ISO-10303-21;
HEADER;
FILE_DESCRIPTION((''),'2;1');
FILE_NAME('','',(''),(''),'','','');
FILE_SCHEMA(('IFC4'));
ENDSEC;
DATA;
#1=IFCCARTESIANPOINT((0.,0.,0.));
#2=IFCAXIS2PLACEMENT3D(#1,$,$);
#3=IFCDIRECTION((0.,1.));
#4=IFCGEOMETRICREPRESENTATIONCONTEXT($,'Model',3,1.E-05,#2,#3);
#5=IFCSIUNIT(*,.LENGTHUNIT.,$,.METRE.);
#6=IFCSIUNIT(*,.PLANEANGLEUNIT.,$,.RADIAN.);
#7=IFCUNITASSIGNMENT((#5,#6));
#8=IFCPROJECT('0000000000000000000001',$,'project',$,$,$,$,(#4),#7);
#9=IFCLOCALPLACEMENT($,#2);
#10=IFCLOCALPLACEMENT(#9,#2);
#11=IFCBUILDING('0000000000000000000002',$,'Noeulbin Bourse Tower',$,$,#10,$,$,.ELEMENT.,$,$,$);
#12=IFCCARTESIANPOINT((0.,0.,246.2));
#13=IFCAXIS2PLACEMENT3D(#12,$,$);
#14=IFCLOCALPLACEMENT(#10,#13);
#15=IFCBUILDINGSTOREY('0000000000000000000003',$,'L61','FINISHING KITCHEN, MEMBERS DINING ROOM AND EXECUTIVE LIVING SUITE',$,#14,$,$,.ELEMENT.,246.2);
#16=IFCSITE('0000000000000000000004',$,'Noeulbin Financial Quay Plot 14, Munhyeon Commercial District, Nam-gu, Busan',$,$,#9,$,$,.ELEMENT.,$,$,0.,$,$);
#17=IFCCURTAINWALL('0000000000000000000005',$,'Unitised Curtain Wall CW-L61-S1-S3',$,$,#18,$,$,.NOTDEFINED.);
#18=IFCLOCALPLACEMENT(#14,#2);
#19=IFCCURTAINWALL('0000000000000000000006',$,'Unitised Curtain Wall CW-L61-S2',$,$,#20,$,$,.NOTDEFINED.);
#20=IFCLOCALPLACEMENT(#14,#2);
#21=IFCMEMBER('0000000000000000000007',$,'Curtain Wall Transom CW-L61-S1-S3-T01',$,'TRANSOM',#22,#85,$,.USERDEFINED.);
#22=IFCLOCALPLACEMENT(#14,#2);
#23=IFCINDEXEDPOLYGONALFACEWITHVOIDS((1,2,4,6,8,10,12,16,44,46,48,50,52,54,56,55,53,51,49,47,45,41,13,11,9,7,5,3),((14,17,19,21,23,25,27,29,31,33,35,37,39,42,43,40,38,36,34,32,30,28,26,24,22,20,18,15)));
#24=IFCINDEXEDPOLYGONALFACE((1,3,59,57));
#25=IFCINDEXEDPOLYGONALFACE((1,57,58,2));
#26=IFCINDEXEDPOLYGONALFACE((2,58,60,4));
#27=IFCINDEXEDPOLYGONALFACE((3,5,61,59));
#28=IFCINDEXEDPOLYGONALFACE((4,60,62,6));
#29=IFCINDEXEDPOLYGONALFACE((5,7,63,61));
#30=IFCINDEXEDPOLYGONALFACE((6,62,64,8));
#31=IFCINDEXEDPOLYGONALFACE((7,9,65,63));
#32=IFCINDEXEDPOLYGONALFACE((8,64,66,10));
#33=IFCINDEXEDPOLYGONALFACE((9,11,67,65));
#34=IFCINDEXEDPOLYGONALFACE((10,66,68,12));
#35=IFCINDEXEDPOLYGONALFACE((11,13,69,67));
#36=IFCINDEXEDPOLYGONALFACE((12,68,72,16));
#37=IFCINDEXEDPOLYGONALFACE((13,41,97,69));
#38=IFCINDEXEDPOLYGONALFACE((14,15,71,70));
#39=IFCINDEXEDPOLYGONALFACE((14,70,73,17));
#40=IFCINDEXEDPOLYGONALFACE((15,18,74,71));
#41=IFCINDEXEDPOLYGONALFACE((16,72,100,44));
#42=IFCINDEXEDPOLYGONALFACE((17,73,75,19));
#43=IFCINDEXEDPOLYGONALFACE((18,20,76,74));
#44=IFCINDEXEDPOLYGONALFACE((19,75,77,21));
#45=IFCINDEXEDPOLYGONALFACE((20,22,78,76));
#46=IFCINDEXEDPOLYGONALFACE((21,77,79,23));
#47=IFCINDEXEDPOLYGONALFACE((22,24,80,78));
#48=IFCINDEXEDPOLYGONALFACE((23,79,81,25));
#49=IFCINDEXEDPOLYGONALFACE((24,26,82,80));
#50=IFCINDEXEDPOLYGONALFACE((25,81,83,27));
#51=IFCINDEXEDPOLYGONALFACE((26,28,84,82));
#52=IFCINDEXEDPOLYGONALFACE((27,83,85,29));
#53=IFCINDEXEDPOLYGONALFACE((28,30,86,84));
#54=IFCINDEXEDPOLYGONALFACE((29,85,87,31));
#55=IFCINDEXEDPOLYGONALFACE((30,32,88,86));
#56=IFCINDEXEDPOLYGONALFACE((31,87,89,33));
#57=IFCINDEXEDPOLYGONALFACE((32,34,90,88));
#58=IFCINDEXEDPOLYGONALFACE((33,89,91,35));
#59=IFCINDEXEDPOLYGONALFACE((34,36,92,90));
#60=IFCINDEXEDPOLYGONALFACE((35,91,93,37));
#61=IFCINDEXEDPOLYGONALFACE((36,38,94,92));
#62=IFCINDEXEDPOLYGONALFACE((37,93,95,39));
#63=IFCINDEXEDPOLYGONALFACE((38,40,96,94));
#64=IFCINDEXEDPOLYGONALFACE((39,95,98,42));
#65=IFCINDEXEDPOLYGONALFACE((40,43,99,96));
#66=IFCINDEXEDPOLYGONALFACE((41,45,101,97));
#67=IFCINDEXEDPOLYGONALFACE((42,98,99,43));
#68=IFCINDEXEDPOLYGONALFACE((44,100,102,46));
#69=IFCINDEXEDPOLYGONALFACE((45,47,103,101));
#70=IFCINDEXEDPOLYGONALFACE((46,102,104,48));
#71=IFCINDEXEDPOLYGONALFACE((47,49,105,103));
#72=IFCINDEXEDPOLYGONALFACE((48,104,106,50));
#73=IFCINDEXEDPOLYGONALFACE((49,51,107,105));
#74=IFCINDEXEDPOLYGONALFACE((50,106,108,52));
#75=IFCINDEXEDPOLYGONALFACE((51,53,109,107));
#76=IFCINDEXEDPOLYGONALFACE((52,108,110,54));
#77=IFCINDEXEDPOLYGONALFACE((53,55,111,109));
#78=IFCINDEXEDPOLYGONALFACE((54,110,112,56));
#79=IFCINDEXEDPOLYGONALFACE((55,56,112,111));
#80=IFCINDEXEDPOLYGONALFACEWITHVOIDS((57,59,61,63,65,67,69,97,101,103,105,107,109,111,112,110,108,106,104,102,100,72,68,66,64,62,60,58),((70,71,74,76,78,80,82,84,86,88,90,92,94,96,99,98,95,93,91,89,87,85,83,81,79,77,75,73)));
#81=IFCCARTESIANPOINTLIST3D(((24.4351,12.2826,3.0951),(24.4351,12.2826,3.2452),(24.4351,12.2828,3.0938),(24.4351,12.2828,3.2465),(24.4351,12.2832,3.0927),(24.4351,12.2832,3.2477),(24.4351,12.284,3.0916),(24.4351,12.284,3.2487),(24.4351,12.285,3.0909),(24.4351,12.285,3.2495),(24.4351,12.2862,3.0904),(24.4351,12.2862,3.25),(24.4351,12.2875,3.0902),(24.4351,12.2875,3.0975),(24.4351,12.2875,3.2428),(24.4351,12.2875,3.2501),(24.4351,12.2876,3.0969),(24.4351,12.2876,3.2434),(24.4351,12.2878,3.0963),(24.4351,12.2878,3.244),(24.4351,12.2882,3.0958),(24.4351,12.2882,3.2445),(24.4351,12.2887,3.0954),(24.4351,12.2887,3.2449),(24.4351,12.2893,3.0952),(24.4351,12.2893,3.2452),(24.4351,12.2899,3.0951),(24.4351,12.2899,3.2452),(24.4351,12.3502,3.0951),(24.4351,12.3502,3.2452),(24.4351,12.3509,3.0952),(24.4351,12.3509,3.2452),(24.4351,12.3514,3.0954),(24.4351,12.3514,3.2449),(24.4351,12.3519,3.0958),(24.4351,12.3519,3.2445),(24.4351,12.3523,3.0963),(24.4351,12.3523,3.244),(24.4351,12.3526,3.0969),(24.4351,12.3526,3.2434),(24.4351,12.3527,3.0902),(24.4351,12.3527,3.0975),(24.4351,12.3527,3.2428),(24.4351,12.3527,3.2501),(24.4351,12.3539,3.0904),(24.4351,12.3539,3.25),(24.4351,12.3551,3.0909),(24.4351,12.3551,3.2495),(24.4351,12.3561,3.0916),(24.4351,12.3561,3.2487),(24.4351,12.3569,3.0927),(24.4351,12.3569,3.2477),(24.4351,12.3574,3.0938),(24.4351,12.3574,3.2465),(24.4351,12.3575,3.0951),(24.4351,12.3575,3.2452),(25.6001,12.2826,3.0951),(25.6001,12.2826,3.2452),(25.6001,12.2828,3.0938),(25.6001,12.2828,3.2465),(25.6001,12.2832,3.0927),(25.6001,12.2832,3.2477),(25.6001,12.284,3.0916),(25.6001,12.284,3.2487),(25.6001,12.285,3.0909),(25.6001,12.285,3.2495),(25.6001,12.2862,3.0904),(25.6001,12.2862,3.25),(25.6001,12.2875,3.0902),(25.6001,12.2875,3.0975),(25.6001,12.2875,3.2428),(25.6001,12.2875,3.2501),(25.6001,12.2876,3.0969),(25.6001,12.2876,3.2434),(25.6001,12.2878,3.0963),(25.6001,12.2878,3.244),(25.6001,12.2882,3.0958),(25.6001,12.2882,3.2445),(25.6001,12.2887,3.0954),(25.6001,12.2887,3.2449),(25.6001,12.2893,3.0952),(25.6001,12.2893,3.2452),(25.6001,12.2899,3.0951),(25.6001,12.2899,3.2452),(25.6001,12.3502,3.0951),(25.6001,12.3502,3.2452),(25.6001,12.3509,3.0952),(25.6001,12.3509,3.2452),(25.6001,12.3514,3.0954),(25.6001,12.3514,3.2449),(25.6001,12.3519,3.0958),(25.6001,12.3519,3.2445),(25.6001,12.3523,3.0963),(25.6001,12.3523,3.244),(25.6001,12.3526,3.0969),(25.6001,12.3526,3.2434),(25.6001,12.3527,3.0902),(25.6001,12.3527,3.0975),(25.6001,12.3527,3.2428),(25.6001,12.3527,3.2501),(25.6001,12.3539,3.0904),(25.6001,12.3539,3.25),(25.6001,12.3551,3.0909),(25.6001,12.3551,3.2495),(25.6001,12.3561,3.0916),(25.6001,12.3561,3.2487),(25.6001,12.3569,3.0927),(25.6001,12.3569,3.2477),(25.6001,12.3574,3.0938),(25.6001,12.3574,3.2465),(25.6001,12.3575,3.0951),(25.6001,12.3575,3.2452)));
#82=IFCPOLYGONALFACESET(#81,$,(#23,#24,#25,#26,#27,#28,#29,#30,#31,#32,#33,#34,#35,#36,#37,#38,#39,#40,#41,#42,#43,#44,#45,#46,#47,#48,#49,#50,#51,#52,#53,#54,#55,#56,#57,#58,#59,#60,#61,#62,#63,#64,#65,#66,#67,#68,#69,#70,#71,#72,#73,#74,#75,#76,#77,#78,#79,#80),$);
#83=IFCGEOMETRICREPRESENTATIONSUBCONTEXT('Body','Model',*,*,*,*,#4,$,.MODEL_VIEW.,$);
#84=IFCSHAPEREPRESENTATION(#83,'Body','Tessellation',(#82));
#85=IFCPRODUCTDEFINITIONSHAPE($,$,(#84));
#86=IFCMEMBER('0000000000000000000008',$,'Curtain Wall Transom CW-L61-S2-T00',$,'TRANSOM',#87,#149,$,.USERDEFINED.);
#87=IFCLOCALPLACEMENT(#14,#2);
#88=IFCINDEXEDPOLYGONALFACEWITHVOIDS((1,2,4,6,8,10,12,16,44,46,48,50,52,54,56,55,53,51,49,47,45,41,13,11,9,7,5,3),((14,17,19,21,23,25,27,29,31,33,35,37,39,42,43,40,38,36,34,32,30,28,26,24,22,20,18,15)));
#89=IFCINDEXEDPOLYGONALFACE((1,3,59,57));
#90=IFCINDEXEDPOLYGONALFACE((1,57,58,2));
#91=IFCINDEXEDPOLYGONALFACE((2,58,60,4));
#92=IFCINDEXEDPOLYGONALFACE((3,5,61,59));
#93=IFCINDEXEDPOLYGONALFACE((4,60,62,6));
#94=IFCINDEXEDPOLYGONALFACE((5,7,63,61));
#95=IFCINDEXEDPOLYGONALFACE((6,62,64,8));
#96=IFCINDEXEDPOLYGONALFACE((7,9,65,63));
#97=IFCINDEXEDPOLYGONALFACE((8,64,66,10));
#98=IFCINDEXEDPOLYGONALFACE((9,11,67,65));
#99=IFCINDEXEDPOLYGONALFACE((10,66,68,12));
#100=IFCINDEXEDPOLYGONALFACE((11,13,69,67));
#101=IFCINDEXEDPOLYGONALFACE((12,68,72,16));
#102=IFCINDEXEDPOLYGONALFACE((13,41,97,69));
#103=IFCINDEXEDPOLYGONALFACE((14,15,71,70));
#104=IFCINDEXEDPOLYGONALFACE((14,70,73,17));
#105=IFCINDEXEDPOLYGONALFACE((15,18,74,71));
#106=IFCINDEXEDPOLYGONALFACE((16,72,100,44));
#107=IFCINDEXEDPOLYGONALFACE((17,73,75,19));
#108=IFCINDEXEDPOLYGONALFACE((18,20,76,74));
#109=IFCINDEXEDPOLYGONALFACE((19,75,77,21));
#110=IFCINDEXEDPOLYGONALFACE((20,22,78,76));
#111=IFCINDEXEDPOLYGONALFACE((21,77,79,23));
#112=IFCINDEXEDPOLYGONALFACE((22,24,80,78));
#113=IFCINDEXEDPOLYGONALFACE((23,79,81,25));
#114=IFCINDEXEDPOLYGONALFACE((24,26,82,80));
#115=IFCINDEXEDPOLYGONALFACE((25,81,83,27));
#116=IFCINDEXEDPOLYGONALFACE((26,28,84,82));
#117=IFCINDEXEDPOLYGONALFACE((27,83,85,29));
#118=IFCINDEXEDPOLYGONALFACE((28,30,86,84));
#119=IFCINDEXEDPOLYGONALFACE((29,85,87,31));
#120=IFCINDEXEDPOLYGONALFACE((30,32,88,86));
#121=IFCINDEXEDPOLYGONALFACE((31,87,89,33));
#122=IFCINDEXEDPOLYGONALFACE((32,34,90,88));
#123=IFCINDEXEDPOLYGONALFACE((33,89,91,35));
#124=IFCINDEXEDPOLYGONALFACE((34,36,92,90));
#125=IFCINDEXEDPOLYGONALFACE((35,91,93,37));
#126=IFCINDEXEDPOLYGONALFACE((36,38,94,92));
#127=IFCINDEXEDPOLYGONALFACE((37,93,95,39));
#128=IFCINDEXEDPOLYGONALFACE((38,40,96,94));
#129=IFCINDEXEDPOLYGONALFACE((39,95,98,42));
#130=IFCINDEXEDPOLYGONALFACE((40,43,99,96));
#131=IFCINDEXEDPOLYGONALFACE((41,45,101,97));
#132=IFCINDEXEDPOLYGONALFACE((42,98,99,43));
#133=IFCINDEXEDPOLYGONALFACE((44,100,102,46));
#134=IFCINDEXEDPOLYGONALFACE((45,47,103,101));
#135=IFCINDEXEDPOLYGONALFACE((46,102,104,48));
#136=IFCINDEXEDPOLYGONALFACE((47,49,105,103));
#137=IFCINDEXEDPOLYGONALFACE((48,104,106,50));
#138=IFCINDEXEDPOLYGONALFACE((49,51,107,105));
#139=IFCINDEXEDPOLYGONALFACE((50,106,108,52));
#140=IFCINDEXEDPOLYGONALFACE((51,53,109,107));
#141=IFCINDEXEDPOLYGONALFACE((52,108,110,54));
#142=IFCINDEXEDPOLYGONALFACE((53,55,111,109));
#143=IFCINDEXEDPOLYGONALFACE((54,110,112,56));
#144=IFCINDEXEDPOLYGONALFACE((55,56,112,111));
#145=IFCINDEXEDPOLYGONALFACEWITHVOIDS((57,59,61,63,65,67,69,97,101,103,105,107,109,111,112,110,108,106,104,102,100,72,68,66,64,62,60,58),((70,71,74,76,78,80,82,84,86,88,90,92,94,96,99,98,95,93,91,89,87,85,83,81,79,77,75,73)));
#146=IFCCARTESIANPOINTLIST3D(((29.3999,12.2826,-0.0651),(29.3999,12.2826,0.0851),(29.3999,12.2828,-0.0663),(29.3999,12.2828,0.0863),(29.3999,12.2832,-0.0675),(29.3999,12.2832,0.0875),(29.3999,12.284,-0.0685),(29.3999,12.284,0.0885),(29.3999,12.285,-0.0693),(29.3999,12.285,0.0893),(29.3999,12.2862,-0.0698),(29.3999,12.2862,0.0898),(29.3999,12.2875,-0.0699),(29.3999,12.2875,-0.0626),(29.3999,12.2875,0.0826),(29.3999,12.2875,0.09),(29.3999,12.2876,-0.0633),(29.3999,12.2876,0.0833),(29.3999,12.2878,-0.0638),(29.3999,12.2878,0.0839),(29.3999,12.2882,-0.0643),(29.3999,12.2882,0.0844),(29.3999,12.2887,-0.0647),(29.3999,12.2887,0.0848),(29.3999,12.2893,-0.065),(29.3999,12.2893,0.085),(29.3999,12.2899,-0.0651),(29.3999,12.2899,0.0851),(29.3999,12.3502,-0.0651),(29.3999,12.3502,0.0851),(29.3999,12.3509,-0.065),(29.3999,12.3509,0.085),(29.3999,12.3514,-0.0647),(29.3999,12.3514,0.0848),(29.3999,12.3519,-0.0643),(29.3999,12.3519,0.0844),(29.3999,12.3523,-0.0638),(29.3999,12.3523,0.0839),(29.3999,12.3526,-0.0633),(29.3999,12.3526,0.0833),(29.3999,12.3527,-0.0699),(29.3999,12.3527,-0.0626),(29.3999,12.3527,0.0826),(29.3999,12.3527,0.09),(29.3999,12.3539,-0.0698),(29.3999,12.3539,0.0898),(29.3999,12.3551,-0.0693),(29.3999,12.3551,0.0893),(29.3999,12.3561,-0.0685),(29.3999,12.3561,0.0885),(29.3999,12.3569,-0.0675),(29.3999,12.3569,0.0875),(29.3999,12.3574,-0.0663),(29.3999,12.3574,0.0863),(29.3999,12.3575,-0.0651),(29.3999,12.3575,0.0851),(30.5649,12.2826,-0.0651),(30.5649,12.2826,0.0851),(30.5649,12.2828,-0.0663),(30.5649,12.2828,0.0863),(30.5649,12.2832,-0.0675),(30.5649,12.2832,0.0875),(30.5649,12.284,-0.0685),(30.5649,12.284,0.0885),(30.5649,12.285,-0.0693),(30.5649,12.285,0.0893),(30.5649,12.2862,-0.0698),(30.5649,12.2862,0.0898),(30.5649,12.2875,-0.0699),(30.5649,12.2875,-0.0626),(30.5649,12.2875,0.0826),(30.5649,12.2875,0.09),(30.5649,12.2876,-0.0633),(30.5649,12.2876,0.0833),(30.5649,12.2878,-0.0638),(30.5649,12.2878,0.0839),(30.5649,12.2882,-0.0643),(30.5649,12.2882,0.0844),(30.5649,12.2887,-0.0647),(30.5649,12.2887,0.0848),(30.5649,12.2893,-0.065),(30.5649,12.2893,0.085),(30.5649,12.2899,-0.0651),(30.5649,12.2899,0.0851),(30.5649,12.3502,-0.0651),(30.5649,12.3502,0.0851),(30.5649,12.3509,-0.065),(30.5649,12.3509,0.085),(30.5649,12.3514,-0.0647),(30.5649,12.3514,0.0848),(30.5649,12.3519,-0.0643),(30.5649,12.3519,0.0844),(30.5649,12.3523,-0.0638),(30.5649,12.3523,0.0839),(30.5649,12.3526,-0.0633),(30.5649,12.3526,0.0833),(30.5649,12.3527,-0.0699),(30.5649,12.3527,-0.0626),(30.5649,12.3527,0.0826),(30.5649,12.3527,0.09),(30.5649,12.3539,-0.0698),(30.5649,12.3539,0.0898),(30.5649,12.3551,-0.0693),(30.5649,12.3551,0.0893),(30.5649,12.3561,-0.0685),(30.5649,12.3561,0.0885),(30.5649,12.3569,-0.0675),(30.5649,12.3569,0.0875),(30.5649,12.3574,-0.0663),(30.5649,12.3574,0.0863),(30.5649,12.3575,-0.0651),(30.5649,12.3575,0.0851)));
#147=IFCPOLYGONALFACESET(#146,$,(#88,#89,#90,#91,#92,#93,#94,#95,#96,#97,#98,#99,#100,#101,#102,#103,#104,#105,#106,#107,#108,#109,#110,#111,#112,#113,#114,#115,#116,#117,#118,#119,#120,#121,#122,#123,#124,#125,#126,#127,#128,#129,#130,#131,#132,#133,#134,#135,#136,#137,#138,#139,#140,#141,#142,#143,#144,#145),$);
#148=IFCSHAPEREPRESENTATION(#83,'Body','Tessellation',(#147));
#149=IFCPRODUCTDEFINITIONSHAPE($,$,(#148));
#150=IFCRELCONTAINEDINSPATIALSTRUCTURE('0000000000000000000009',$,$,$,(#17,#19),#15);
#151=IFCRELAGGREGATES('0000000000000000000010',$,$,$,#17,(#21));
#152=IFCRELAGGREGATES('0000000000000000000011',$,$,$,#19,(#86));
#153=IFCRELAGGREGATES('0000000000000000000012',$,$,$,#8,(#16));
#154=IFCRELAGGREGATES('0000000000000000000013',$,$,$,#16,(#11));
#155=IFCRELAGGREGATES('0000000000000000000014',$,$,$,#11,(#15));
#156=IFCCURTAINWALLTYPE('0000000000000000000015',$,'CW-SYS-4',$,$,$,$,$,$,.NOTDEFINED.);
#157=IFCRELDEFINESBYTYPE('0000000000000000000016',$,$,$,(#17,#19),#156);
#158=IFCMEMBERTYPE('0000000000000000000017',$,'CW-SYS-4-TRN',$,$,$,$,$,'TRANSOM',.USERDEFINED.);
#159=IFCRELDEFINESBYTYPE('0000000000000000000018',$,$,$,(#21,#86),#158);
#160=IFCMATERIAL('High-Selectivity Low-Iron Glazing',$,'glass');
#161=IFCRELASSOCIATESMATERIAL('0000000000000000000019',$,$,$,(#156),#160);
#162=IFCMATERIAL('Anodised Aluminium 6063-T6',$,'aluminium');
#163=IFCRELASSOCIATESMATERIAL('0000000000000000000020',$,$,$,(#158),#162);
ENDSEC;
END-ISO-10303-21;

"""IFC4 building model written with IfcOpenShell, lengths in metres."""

from ifc_helpers import new_model, si_unit, direction, frame, origin, origin_2d, place, context, subcontext, project, spatial, hollow_rectangle, extrude, material, material_profile, profile_set, type_object, element, aggregate, save


model = new_model("IFC4")

# Units and contexts
model_context = context("Model", 3, precision=1e-05, world=origin(), true_north=direction((0.0, 1.0)))
body_context = subcontext(model_context, "Body", "Model", "MODEL_VIEW")
ifc_project = project(units=[si_unit("LENGTHUNIT", "METRE"), si_unit("PLANEANGLEUNIT", "RADIAN")], contexts=[model_context])

# Site, building, storey
site_placement = place(None, origin())
site = spatial("IfcSite", under=ifc_project, at=site_placement, Name="Noeulbin Financial Quay Plot 14, Munhyeon Commercial District, Nam-gu, Busan", CompositionType="ELEMENT", RefElevation=0.0)
building_placement = place(site_placement, origin())
building = spatial("IfcBuilding", under=site, at=building_placement, Name="Noeulbin Bourse Tower", CompositionType="ELEMENT")
storey_placement = place(building_placement, frame((0.0, 0.0, 246.2)))
storey = spatial("IfcBuildingStorey", under=building, at=storey_placement, Name="L61", Description="FINISHING KITCHEN, MEMBERS DINING ROOM AND EXECUTIVE LIVING SUITE", CompositionType="ELEMENT", Elevation=246.2)

# Shared definitions
ifc_material_1 = material(Name="High-Selectivity Low-Iron Glazing", Category="glass")
curtain_wall_type = type_object("IfcCurtainWallType", Name="CW-SYS-4", PredefinedType="NOTDEFINED", material=ifc_material_1)
ifc_material_2 = material(Name="Anodised Aluminium 6063-T6", Category="aluminium")

# Curtain wall
curtain_wall_1_placement = place(storey_placement, origin())
curtain_wall_1 = element("IfcCurtainWall", 1, at=curtain_wall_1_placement, inside=storey, type_object=curtain_wall_type, Name="Unitised Curtain Wall CW-L61-S1-S3", PredefinedType="NOTDEFINED")

# Curtain wall
curtain_wall_2_placement = place(storey_placement, origin())
curtain_wall_2 = element("IfcCurtainWall", 2, at=curtain_wall_2_placement, inside=storey, type_object=curtain_wall_type, Name="Unitised Curtain Wall CW-L61-S2", PredefinedType="NOTDEFINED")

# Members
ifc_material_profile_1 = material_profile(ifc_material_2, hollow_rectangle(XDim=0.075, YDim=0.1599, WallThickness=0.0049, InnerFilletRadius=0.0024, OuterFilletRadius=0.0049, at=origin_2d()), Name="ALU-TRAN-75x160x5", Category="LoadBearing")
ifc_profile_set_1 = profile_set([ifc_material_profile_1], Name="Anodised Aluminium 6063-T6")
member_type_1 = type_object("IfcMemberType", Name="CW-SYS-4-TRN", ElementType="TRANSOM", PredefinedType="USERDEFINED", material=ifc_profile_set_1)
member_1_placement = place(storey_placement, frame((24.4351, 12.3201, 3.1702), z_axis=(1.0, 0.0, 0.0), x_axis=(0.0, 1.0, 0.0)))
member_1 = element("IfcMember", 3, at=member_1_placement, type_object=member_type_1, Name="Curtain Wall Transom CW-L61-S1-S3-T01", ObjectType="TRANSOM", PredefinedType="USERDEFINED", context=body_context, shape_type="SweptSolid", body=[
    extrude(hollow_rectangle(XDim=0.075, YDim=0.1599, WallThickness=0.0049, InnerFilletRadius=0.0024, OuterFilletRadius=0.0049, at=origin_2d()), origin(), (0.0, 0.0, 1.0), 1.165),
])
member_2_placement = place(storey_placement, frame((29.3999, 12.3201, 0.01), z_axis=(1.0, 0.0, 0.0), x_axis=(0.0, 1.0, 0.0)))
member_2 = element("IfcMember", 4, at=member_2_placement, type_object=member_type_1, Name="Curtain Wall Transom CW-L61-S2-T00", ObjectType="TRANSOM", PredefinedType="USERDEFINED", context=body_context, shape_type="SweptSolid", body=[
    extrude(hollow_rectangle(XDim=0.075, YDim=0.1599, WallThickness=0.0049, InnerFilletRadius=0.0024, OuterFilletRadius=0.0049, at=origin_2d()), origin(), (0.0, 0.0, 1.0), 1.165),
])

aggregate(curtain_wall_1, [member_1])
aggregate(curtain_wall_2, [member_2])

save(model, "model.ifc")
